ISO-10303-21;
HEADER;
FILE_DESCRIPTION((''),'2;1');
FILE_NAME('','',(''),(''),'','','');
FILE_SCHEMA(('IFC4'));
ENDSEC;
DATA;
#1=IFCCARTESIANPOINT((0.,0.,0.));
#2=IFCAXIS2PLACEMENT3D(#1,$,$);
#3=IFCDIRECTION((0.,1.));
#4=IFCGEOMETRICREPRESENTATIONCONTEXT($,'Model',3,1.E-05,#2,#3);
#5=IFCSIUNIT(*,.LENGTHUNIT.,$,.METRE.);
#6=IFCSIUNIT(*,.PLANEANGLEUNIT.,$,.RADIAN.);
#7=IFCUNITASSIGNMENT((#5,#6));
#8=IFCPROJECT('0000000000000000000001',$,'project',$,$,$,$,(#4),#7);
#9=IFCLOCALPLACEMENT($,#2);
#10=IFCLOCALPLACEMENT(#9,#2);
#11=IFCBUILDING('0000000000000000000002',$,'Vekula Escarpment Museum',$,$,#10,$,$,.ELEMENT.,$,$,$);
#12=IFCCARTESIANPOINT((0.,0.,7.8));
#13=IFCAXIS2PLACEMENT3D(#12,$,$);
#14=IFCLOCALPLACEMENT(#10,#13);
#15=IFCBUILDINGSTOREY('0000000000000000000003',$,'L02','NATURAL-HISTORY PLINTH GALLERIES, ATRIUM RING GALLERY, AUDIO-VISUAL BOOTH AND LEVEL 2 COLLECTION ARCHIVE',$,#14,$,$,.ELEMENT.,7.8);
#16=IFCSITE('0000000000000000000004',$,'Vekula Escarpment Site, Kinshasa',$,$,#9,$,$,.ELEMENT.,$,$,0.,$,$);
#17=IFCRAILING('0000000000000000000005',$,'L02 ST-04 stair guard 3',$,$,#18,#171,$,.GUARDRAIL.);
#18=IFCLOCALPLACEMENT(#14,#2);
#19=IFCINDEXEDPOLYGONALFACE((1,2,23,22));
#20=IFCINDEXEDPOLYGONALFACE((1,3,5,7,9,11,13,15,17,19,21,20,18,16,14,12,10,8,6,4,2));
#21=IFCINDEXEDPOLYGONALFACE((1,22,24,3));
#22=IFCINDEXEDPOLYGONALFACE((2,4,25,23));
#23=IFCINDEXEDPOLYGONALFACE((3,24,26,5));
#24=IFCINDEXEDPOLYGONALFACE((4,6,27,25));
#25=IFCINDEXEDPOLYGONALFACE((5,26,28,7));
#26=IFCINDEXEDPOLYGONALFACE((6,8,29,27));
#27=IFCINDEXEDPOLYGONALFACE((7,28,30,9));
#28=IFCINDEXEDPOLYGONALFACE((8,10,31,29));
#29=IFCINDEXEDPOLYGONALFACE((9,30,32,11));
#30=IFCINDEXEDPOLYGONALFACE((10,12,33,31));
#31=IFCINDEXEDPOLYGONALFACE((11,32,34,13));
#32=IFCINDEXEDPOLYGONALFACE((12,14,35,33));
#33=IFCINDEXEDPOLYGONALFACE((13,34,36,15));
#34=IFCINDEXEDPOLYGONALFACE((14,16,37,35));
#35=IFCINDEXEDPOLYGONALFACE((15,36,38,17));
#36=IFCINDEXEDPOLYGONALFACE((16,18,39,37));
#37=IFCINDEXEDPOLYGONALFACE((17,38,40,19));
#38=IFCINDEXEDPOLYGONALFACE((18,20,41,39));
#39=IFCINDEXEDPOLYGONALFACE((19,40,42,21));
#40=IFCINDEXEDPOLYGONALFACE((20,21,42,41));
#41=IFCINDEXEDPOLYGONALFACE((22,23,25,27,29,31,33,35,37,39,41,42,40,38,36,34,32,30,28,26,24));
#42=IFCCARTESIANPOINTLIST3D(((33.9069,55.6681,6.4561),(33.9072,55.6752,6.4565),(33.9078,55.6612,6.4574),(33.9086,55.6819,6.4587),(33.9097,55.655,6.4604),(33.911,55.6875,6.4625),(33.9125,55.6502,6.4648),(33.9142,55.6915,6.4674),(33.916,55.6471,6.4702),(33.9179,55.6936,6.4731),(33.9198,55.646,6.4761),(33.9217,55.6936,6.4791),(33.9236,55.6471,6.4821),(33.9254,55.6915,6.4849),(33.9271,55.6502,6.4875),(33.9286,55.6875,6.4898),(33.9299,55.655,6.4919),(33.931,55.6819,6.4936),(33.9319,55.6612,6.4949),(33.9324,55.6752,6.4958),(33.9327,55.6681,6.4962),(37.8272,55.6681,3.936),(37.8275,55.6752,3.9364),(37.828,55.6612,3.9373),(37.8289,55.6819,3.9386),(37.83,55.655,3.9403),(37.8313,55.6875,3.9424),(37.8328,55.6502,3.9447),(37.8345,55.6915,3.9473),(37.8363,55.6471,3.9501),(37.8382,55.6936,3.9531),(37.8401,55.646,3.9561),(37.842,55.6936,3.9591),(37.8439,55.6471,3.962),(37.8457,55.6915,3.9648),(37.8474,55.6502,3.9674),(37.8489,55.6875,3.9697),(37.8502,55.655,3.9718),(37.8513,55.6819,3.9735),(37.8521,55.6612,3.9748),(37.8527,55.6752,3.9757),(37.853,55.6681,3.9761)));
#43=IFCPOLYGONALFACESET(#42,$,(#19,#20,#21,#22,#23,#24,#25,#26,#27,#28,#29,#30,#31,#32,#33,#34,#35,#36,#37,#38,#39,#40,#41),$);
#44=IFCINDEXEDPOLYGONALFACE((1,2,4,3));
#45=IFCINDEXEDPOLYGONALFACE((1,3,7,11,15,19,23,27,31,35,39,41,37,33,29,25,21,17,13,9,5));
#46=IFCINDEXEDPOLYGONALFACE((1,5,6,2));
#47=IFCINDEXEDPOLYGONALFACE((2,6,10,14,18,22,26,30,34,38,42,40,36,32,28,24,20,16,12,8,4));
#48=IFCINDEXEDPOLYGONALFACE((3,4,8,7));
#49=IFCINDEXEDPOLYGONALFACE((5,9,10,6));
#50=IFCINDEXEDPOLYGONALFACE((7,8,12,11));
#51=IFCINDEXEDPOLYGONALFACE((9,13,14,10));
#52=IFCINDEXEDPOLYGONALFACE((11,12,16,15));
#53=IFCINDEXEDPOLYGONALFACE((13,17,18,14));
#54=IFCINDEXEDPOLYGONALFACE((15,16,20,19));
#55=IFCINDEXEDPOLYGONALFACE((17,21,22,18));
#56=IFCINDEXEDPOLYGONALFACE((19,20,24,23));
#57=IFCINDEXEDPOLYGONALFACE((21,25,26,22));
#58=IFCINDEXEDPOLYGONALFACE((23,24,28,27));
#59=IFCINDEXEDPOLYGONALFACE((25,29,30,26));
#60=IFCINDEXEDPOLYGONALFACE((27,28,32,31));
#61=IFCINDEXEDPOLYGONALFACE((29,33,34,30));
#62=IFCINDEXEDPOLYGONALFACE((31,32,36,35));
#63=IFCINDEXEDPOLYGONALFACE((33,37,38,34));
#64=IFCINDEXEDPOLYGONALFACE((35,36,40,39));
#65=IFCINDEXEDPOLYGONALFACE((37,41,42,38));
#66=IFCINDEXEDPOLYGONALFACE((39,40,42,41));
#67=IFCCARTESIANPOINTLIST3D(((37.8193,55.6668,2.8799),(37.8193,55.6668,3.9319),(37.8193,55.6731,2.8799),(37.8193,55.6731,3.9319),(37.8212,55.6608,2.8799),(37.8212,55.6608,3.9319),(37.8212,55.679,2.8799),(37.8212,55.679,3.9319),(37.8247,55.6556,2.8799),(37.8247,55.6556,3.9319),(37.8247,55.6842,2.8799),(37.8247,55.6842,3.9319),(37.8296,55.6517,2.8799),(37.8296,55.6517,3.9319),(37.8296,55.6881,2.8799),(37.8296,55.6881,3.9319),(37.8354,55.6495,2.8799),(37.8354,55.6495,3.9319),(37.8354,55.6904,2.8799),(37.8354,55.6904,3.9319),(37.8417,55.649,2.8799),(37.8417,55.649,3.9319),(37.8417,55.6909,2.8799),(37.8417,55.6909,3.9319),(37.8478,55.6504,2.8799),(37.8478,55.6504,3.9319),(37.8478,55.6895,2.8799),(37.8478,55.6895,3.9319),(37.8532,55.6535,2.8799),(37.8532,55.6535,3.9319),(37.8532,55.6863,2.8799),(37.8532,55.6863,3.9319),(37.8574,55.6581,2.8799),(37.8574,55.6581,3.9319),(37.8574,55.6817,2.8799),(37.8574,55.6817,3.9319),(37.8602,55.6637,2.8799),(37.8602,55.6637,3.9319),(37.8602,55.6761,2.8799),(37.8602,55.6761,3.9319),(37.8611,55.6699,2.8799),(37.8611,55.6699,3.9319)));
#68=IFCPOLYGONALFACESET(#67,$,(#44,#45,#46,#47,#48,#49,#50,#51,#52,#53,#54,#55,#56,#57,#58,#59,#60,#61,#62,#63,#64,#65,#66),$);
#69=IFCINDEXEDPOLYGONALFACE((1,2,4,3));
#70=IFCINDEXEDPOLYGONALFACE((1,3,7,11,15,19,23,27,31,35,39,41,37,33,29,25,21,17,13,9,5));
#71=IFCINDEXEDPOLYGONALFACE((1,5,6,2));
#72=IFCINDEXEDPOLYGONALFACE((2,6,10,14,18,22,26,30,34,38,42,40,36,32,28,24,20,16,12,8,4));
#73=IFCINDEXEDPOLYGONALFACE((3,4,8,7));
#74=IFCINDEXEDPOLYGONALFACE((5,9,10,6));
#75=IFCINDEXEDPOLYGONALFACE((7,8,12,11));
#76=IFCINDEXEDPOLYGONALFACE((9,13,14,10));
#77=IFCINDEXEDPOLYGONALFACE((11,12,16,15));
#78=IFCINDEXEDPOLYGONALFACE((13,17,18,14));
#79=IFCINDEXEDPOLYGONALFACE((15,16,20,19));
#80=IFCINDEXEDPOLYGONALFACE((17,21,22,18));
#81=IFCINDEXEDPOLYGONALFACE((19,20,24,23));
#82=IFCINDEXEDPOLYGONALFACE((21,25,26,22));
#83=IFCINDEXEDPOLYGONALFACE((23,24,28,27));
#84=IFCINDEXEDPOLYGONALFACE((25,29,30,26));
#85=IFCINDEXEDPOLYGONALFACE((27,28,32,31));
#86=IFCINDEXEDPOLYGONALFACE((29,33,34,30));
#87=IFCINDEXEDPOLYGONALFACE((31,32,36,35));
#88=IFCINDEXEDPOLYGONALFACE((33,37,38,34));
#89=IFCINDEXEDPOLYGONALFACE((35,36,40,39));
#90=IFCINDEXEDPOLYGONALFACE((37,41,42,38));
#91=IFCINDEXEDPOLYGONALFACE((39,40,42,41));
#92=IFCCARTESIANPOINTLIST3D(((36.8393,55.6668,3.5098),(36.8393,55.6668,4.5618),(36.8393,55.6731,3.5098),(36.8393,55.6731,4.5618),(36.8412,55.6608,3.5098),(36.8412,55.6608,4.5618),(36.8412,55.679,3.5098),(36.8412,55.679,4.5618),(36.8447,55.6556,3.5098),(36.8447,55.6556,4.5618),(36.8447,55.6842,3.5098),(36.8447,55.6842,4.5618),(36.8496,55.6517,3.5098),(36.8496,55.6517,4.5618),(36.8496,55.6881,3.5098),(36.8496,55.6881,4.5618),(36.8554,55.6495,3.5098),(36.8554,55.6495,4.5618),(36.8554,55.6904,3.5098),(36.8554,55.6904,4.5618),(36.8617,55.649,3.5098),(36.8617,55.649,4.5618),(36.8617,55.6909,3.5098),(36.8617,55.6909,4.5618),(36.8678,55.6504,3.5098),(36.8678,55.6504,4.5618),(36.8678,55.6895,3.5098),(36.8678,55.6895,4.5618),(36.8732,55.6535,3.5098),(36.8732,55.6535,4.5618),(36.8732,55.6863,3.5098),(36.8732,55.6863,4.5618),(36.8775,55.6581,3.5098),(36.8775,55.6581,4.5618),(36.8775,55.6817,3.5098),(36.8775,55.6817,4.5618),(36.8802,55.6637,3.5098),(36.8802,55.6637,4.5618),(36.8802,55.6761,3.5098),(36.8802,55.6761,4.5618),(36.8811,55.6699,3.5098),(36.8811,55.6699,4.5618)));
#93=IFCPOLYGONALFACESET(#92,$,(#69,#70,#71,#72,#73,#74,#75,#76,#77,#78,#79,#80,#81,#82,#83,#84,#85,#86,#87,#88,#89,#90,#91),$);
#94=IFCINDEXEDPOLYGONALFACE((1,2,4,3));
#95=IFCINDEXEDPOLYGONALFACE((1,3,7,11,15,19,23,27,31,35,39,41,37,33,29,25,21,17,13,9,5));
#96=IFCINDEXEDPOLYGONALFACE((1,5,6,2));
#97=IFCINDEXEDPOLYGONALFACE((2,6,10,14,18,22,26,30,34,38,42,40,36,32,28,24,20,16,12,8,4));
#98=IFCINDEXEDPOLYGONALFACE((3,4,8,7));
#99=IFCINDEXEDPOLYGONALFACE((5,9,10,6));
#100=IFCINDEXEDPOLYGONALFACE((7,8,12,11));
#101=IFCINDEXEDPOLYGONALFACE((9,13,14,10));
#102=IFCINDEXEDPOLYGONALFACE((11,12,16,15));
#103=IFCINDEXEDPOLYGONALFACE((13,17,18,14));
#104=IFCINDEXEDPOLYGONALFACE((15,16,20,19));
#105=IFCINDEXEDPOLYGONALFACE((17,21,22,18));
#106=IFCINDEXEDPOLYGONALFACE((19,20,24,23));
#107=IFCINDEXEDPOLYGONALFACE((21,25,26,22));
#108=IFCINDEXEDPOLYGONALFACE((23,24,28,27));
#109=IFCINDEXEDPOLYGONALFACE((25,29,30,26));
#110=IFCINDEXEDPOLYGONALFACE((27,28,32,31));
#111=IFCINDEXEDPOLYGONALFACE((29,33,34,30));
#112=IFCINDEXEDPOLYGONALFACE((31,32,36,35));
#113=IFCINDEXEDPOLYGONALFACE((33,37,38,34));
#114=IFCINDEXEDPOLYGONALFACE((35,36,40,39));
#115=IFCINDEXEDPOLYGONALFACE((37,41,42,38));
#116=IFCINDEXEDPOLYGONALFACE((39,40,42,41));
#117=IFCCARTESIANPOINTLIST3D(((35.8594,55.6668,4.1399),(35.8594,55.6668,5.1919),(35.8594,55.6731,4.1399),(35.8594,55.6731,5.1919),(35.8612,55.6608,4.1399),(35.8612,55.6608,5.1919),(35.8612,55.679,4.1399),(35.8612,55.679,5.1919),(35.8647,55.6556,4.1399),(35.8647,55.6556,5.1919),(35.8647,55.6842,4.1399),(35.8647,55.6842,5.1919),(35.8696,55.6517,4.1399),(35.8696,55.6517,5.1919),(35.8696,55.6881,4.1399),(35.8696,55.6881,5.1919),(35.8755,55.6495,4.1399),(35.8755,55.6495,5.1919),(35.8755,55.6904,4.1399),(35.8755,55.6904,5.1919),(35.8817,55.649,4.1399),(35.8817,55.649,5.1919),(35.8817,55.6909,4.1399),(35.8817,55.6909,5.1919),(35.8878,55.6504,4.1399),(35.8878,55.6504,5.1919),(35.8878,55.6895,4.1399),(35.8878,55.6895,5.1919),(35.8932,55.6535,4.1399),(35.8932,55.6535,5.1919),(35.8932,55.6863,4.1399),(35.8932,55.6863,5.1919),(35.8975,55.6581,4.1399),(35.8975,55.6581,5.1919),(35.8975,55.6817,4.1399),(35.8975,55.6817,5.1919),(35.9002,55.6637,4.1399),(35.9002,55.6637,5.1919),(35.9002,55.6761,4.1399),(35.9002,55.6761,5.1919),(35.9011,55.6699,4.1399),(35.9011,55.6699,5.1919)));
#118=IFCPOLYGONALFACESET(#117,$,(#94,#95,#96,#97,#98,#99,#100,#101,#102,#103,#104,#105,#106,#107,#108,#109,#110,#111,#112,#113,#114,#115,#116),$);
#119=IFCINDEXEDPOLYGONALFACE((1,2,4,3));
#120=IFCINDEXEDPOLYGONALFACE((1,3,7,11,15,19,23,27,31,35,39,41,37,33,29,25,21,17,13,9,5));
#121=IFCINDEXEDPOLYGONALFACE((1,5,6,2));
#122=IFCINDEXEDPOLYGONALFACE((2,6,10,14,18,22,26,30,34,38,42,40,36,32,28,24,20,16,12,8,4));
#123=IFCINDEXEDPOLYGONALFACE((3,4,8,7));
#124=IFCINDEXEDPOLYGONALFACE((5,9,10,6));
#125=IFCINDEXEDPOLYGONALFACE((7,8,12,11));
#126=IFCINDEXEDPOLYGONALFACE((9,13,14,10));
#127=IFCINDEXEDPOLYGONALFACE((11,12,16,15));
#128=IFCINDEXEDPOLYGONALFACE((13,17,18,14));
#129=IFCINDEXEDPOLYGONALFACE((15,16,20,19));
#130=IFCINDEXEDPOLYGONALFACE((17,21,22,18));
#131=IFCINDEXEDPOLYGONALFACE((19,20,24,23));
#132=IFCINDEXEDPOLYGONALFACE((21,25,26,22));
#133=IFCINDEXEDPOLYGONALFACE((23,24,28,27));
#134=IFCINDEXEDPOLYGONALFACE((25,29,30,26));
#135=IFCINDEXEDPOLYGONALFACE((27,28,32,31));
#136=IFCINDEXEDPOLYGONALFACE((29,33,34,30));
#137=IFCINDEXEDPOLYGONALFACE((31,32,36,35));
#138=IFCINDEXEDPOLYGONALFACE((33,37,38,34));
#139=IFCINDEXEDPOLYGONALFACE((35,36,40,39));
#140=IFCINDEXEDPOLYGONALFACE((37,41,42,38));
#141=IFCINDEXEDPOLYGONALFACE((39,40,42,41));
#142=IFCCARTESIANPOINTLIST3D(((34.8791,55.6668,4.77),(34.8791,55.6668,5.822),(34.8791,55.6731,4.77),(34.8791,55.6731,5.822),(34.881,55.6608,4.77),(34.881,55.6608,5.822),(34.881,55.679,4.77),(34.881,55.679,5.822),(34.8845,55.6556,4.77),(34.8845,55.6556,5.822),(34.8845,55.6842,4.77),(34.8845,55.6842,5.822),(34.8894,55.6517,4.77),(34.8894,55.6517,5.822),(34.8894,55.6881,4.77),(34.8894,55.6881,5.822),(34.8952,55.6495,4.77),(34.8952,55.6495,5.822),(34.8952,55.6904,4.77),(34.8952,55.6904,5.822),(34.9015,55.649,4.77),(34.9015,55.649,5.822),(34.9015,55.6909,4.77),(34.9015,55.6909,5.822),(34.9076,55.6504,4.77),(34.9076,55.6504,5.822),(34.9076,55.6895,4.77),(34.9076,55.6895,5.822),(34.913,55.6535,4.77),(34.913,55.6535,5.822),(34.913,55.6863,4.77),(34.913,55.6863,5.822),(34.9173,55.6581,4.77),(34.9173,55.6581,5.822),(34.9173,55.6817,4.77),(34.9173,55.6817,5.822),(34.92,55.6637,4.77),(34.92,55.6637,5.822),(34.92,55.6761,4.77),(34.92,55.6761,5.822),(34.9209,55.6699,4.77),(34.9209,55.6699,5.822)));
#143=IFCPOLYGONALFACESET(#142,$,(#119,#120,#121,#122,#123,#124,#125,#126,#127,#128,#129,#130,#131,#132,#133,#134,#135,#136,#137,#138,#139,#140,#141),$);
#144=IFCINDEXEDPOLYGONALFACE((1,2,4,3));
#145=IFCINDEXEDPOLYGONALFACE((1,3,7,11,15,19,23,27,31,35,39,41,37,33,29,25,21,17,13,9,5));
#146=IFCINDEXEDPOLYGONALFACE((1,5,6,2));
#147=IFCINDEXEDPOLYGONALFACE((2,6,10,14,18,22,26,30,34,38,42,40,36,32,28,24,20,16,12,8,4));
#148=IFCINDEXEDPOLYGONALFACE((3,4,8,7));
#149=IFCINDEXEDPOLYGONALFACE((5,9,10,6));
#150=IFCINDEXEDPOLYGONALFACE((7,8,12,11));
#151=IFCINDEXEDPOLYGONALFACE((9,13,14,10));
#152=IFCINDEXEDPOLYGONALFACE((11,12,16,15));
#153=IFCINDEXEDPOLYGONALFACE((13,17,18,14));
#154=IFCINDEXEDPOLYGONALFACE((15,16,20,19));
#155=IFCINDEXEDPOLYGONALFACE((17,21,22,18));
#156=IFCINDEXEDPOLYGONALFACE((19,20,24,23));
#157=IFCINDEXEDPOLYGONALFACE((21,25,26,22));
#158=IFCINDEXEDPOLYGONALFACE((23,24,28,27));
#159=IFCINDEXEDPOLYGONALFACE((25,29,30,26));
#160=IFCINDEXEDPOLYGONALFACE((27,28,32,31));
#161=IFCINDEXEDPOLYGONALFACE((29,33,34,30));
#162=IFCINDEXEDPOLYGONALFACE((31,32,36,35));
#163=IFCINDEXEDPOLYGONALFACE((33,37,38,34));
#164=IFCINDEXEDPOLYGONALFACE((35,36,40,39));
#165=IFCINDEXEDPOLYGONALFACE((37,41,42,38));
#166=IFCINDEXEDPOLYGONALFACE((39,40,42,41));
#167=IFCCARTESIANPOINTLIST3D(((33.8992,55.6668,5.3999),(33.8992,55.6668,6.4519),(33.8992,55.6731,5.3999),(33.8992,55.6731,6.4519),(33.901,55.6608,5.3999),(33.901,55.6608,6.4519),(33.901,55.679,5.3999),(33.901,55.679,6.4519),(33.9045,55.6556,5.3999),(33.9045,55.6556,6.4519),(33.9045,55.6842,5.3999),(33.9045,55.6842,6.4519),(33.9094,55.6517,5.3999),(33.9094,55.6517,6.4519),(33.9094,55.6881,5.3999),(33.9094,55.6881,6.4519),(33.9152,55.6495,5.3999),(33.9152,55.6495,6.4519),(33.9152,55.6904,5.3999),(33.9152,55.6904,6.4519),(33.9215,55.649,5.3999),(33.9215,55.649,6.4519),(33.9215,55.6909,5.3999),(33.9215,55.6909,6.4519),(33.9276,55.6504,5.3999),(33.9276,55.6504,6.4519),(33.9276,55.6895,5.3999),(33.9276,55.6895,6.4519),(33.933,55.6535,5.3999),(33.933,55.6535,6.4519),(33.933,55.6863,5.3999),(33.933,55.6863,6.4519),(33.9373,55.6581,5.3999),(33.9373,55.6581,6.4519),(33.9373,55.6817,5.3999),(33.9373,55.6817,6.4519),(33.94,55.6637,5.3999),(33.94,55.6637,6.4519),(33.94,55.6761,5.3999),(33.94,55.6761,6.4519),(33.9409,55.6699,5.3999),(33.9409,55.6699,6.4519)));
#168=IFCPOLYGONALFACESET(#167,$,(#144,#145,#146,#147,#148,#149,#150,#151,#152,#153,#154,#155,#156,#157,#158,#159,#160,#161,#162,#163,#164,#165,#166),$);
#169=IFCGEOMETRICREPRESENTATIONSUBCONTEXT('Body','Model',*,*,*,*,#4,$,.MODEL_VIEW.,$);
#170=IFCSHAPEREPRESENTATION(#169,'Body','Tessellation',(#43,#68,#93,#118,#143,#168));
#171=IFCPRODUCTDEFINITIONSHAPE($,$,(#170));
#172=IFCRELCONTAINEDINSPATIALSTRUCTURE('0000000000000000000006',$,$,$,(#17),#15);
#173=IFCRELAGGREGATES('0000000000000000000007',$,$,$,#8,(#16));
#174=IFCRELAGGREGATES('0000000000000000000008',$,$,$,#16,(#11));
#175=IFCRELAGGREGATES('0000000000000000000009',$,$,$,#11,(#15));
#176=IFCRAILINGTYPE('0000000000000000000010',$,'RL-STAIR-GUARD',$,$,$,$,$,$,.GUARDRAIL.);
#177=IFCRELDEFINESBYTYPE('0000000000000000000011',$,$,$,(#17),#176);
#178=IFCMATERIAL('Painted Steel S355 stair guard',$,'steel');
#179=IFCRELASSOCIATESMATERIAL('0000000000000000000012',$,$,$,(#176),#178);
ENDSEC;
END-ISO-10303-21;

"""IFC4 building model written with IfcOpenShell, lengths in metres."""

from ifc_helpers import new_model, si_unit, direction, frame, origin, origin_2d, place, context, subcontext, project, spatial, circle, extrude, material, type_object, element, save


model = new_model("IFC4")

# Units and contexts
model_context = context("Model", 3, precision=1e-05, world=origin(), true_north=direction((0.0, 1.0)))
body_context = subcontext(model_context, "Body", "Model", "MODEL_VIEW")
ifc_project = project(units=[si_unit("LENGTHUNIT", "METRE"), si_unit("PLANEANGLEUNIT", "RADIAN")], contexts=[model_context])

# Site, building, storey
site_placement = place(None, origin())
site = spatial("IfcSite", under=ifc_project, at=site_placement, Name="Vekula Escarpment Site, Kinshasa", CompositionType="ELEMENT", RefElevation=0.0)
building_placement = place(site_placement, origin())
building = spatial("IfcBuilding", under=site, at=building_placement, Name="Vekula Escarpment Museum", CompositionType="ELEMENT")
storey_placement = place(building_placement, frame((0.0, 0.0, 7.8)))
storey = spatial("IfcBuildingStorey", under=building, at=storey_placement, Name="L02", Description="NATURAL-HISTORY PLINTH GALLERIES, ATRIUM RING GALLERY, AUDIO-VISUAL BOOTH AND LEVEL 2 COLLECTION ARCHIVE", CompositionType="ELEMENT", Elevation=7.8)

# Railing
ifc_material_1 = material(Name="Painted Steel S355 stair guard", Category="steel")
railing_type_1 = type_object("IfcRailingType", Name="RL-STAIR-GUARD", PredefinedType="GUARDRAIL", material=ifc_material_1)
railing_1_placement = place(storey_placement, frame((37.8401, 55.6699, 2.8799)))
element("IfcRailing", 1, at=railing_1_placement, inside=storey, type_object=railing_type_1, Name="L02 ST-04 stair guard 3", PredefinedType="GUARDRAIL", context=body_context, shape_type="SweptSolid", body=[
    extrude(circle(Radius=0.0239, at=origin_2d()), frame((0.0, 0.0, 1.0762), z_axis=(-0.841187, 0.0, 0.540744), x_axis=(0.0, -1.0, 0.0)), (0.0, 0.0, 1.0), 4.6604),
    extrude(circle(Radius=0.021, at=origin_2d()), origin(), (0.0, 0.0, 1.0), 1.052),
    extrude(circle(Radius=0.021, at=origin_2d()), frame((-0.98, 0.0, 0.6299)), (0.0, 0.0, 1.0), 1.052),
    extrude(circle(Radius=0.021, at=origin_2d()), frame((-1.96, 0.0, 1.26)), (0.0, 0.0, 1.0), 1.052),
    extrude(circle(Radius=0.021, at=origin_2d()), frame((-2.9402, 0.0, 1.8901)), (0.0, 0.0, 1.0), 1.052),
    extrude(circle(Radius=0.021, at=origin_2d()), frame((-3.9202, 0.0, 2.52)), (0.0, 0.0, 1.0), 1.052),
])

save(model, "model.ifc")
